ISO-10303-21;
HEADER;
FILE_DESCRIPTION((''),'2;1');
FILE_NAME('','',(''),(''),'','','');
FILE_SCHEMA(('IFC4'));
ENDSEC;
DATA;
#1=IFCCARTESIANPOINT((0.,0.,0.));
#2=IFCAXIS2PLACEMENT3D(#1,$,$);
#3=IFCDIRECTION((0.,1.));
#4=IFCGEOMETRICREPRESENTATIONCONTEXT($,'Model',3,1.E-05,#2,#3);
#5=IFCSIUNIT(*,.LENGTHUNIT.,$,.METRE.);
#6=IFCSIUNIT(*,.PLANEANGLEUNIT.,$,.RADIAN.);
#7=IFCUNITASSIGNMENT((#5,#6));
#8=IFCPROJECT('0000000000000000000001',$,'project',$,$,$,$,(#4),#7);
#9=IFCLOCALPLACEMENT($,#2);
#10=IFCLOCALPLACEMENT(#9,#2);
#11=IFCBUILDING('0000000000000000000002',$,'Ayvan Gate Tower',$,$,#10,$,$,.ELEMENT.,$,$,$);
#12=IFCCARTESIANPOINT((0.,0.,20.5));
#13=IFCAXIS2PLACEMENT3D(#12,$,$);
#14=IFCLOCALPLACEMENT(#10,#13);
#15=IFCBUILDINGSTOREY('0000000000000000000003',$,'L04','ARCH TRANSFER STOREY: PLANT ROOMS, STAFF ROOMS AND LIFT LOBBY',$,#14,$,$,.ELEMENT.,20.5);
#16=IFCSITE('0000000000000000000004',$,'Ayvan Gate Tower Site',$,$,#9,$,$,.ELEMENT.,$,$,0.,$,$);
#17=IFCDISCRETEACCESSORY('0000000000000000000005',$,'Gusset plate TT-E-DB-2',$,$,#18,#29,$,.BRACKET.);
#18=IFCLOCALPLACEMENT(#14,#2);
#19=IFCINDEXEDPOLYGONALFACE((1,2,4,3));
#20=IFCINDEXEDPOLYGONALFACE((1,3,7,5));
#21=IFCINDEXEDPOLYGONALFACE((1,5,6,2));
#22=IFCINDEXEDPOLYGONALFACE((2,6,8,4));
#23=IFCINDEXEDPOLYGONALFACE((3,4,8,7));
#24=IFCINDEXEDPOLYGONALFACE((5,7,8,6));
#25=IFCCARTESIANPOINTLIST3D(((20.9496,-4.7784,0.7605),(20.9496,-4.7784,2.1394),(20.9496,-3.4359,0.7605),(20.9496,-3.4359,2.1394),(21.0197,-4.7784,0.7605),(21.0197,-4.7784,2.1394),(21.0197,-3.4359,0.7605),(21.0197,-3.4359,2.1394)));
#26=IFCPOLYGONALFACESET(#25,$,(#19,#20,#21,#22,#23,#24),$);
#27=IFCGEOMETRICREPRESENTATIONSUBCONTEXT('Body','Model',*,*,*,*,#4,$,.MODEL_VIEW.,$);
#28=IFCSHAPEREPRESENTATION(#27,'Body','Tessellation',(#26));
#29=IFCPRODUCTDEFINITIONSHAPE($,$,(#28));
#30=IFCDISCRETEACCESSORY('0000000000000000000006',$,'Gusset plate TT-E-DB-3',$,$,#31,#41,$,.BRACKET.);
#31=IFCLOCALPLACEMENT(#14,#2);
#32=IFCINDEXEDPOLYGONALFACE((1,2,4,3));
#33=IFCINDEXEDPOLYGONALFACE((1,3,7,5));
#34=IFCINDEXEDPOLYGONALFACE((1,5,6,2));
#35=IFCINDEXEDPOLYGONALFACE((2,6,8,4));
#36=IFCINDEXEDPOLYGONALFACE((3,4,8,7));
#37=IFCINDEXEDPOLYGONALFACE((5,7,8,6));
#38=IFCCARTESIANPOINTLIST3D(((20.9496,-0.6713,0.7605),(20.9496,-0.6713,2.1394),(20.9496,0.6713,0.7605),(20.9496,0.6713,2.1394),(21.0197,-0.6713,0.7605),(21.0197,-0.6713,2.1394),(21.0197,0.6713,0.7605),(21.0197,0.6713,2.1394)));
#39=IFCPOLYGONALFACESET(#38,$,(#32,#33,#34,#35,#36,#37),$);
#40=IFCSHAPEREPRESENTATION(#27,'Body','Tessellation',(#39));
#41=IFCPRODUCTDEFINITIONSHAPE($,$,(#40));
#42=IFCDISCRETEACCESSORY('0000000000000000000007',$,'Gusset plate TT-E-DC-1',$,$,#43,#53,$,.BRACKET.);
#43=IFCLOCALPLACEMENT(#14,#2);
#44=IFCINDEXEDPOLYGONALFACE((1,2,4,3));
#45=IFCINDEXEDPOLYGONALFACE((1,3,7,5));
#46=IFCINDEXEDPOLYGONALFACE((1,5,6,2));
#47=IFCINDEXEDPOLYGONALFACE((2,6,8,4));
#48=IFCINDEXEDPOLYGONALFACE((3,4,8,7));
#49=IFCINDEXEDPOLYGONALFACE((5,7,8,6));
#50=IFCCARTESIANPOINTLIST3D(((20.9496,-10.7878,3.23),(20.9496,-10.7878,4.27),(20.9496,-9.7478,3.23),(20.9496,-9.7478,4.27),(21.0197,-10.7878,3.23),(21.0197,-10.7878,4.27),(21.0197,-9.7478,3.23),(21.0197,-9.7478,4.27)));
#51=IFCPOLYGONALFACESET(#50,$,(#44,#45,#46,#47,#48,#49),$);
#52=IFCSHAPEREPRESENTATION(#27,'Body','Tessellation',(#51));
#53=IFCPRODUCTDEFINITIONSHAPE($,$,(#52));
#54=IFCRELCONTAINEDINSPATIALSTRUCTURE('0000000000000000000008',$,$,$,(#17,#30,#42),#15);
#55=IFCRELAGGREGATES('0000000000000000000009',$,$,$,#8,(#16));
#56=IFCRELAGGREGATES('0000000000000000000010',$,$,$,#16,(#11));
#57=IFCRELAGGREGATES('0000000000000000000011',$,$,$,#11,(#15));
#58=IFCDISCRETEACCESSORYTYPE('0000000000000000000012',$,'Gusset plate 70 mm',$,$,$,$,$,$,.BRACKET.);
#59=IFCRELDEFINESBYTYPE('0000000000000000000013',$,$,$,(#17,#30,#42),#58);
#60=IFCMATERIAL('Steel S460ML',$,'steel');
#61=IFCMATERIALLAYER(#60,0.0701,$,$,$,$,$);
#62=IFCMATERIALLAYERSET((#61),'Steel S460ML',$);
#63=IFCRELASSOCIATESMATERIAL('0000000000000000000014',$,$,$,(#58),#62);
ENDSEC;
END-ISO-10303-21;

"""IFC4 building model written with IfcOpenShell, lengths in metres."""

from ifc_helpers import new_model, si_unit, direction, frame, origin, origin_2d, place, context, subcontext, project, spatial, rectangle, extrude, material, layer, layer_set, type_object, element, save


model = new_model("IFC4")

# Units and contexts
model_context = context("Model", 3, precision=1e-05, world=origin(), true_north=direction((0.0, 1.0)))
body_context = subcontext(model_context, "Body", "Model", "MODEL_VIEW")
ifc_project = project(units=[si_unit("LENGTHUNIT", "METRE"), si_unit("PLANEANGLEUNIT", "RADIAN")], contexts=[model_context])

# Site, building, storey
site_placement = place(None, origin())
site = spatial("IfcSite", under=ifc_project, at=site_placement, Name="Ayvan Gate Tower Site", CompositionType="ELEMENT", RefElevation=0.0)
building_placement = place(site_placement, origin())
building = spatial("IfcBuilding", under=site, at=building_placement, Name="Ayvan Gate Tower", CompositionType="ELEMENT")
storey_placement = place(building_placement, frame((0.0, 0.0, 20.5)))
storey = spatial("IfcBuildingStorey", under=building, at=storey_placement, Name="L04", Description="ARCH TRANSFER STOREY: PLANT ROOMS, STAFF ROOMS AND LIFT LOBBY", CompositionType="ELEMENT", Elevation=20.5)

# Shared definitions
ifc_material_1 = material(Name="Steel S460ML", Category="steel")

# Discrete accessories
ifc_layer_1 = layer(ifc_material_1, 0.0701)
ifc_layer_set_1 = layer_set([ifc_layer_1], Name="Steel S460ML")
discrete_accessory_type_1 = type_object("IfcDiscreteAccessoryType", Name="Gusset plate 70 mm", PredefinedType="BRACKET", material=ifc_layer_set_1)
for number, where, z_axis, x_axis, name in (
    (1, (20.9846, -4.1072, 0.7605), (0.0, 0.0, 1.0), (0.0, 1.0, 0.0), "Gusset plate TT-E-DB-2"),
    (2, (20.9846, 0.0, 0.7605), (0.0, 0.0, 1.0), (0.0, 1.0, 0.0), "Gusset plate TT-E-DB-3"),
):
    element("IfcDiscreteAccessory", number, at=place(storey_placement, frame(where, z_axis=z_axis, x_axis=x_axis)), inside=storey, type_object=discrete_accessory_type_1, Name=name, PredefinedType="BRACKET", context=body_context, shape_type="SweptSolid", body=[
        extrude(rectangle(XDim=1.3425, YDim=0.0701, at=origin_2d()), origin(), (0.0, 0.0, 1.0), 1.3789),
    ])
discrete_accessory_1_placement = place(storey_placement, frame((20.9846, -10.2678, 3.23), z_axis=(0.0, 0.0, 1.0), x_axis=(0.0, 1.0, 0.0)))
element("IfcDiscreteAccessory", 3, at=discrete_accessory_1_placement, inside=storey, type_object=discrete_accessory_type_1, Name="Gusset plate TT-E-DC-1", PredefinedType="BRACKET", context=body_context, shape_type="SweptSolid", body=[
    extrude(rectangle(XDim=1.04, YDim=0.0701, at=origin_2d()), origin(), (0.0, 0.0, 1.0), 1.04),
])

save(model, "model.ifc")
